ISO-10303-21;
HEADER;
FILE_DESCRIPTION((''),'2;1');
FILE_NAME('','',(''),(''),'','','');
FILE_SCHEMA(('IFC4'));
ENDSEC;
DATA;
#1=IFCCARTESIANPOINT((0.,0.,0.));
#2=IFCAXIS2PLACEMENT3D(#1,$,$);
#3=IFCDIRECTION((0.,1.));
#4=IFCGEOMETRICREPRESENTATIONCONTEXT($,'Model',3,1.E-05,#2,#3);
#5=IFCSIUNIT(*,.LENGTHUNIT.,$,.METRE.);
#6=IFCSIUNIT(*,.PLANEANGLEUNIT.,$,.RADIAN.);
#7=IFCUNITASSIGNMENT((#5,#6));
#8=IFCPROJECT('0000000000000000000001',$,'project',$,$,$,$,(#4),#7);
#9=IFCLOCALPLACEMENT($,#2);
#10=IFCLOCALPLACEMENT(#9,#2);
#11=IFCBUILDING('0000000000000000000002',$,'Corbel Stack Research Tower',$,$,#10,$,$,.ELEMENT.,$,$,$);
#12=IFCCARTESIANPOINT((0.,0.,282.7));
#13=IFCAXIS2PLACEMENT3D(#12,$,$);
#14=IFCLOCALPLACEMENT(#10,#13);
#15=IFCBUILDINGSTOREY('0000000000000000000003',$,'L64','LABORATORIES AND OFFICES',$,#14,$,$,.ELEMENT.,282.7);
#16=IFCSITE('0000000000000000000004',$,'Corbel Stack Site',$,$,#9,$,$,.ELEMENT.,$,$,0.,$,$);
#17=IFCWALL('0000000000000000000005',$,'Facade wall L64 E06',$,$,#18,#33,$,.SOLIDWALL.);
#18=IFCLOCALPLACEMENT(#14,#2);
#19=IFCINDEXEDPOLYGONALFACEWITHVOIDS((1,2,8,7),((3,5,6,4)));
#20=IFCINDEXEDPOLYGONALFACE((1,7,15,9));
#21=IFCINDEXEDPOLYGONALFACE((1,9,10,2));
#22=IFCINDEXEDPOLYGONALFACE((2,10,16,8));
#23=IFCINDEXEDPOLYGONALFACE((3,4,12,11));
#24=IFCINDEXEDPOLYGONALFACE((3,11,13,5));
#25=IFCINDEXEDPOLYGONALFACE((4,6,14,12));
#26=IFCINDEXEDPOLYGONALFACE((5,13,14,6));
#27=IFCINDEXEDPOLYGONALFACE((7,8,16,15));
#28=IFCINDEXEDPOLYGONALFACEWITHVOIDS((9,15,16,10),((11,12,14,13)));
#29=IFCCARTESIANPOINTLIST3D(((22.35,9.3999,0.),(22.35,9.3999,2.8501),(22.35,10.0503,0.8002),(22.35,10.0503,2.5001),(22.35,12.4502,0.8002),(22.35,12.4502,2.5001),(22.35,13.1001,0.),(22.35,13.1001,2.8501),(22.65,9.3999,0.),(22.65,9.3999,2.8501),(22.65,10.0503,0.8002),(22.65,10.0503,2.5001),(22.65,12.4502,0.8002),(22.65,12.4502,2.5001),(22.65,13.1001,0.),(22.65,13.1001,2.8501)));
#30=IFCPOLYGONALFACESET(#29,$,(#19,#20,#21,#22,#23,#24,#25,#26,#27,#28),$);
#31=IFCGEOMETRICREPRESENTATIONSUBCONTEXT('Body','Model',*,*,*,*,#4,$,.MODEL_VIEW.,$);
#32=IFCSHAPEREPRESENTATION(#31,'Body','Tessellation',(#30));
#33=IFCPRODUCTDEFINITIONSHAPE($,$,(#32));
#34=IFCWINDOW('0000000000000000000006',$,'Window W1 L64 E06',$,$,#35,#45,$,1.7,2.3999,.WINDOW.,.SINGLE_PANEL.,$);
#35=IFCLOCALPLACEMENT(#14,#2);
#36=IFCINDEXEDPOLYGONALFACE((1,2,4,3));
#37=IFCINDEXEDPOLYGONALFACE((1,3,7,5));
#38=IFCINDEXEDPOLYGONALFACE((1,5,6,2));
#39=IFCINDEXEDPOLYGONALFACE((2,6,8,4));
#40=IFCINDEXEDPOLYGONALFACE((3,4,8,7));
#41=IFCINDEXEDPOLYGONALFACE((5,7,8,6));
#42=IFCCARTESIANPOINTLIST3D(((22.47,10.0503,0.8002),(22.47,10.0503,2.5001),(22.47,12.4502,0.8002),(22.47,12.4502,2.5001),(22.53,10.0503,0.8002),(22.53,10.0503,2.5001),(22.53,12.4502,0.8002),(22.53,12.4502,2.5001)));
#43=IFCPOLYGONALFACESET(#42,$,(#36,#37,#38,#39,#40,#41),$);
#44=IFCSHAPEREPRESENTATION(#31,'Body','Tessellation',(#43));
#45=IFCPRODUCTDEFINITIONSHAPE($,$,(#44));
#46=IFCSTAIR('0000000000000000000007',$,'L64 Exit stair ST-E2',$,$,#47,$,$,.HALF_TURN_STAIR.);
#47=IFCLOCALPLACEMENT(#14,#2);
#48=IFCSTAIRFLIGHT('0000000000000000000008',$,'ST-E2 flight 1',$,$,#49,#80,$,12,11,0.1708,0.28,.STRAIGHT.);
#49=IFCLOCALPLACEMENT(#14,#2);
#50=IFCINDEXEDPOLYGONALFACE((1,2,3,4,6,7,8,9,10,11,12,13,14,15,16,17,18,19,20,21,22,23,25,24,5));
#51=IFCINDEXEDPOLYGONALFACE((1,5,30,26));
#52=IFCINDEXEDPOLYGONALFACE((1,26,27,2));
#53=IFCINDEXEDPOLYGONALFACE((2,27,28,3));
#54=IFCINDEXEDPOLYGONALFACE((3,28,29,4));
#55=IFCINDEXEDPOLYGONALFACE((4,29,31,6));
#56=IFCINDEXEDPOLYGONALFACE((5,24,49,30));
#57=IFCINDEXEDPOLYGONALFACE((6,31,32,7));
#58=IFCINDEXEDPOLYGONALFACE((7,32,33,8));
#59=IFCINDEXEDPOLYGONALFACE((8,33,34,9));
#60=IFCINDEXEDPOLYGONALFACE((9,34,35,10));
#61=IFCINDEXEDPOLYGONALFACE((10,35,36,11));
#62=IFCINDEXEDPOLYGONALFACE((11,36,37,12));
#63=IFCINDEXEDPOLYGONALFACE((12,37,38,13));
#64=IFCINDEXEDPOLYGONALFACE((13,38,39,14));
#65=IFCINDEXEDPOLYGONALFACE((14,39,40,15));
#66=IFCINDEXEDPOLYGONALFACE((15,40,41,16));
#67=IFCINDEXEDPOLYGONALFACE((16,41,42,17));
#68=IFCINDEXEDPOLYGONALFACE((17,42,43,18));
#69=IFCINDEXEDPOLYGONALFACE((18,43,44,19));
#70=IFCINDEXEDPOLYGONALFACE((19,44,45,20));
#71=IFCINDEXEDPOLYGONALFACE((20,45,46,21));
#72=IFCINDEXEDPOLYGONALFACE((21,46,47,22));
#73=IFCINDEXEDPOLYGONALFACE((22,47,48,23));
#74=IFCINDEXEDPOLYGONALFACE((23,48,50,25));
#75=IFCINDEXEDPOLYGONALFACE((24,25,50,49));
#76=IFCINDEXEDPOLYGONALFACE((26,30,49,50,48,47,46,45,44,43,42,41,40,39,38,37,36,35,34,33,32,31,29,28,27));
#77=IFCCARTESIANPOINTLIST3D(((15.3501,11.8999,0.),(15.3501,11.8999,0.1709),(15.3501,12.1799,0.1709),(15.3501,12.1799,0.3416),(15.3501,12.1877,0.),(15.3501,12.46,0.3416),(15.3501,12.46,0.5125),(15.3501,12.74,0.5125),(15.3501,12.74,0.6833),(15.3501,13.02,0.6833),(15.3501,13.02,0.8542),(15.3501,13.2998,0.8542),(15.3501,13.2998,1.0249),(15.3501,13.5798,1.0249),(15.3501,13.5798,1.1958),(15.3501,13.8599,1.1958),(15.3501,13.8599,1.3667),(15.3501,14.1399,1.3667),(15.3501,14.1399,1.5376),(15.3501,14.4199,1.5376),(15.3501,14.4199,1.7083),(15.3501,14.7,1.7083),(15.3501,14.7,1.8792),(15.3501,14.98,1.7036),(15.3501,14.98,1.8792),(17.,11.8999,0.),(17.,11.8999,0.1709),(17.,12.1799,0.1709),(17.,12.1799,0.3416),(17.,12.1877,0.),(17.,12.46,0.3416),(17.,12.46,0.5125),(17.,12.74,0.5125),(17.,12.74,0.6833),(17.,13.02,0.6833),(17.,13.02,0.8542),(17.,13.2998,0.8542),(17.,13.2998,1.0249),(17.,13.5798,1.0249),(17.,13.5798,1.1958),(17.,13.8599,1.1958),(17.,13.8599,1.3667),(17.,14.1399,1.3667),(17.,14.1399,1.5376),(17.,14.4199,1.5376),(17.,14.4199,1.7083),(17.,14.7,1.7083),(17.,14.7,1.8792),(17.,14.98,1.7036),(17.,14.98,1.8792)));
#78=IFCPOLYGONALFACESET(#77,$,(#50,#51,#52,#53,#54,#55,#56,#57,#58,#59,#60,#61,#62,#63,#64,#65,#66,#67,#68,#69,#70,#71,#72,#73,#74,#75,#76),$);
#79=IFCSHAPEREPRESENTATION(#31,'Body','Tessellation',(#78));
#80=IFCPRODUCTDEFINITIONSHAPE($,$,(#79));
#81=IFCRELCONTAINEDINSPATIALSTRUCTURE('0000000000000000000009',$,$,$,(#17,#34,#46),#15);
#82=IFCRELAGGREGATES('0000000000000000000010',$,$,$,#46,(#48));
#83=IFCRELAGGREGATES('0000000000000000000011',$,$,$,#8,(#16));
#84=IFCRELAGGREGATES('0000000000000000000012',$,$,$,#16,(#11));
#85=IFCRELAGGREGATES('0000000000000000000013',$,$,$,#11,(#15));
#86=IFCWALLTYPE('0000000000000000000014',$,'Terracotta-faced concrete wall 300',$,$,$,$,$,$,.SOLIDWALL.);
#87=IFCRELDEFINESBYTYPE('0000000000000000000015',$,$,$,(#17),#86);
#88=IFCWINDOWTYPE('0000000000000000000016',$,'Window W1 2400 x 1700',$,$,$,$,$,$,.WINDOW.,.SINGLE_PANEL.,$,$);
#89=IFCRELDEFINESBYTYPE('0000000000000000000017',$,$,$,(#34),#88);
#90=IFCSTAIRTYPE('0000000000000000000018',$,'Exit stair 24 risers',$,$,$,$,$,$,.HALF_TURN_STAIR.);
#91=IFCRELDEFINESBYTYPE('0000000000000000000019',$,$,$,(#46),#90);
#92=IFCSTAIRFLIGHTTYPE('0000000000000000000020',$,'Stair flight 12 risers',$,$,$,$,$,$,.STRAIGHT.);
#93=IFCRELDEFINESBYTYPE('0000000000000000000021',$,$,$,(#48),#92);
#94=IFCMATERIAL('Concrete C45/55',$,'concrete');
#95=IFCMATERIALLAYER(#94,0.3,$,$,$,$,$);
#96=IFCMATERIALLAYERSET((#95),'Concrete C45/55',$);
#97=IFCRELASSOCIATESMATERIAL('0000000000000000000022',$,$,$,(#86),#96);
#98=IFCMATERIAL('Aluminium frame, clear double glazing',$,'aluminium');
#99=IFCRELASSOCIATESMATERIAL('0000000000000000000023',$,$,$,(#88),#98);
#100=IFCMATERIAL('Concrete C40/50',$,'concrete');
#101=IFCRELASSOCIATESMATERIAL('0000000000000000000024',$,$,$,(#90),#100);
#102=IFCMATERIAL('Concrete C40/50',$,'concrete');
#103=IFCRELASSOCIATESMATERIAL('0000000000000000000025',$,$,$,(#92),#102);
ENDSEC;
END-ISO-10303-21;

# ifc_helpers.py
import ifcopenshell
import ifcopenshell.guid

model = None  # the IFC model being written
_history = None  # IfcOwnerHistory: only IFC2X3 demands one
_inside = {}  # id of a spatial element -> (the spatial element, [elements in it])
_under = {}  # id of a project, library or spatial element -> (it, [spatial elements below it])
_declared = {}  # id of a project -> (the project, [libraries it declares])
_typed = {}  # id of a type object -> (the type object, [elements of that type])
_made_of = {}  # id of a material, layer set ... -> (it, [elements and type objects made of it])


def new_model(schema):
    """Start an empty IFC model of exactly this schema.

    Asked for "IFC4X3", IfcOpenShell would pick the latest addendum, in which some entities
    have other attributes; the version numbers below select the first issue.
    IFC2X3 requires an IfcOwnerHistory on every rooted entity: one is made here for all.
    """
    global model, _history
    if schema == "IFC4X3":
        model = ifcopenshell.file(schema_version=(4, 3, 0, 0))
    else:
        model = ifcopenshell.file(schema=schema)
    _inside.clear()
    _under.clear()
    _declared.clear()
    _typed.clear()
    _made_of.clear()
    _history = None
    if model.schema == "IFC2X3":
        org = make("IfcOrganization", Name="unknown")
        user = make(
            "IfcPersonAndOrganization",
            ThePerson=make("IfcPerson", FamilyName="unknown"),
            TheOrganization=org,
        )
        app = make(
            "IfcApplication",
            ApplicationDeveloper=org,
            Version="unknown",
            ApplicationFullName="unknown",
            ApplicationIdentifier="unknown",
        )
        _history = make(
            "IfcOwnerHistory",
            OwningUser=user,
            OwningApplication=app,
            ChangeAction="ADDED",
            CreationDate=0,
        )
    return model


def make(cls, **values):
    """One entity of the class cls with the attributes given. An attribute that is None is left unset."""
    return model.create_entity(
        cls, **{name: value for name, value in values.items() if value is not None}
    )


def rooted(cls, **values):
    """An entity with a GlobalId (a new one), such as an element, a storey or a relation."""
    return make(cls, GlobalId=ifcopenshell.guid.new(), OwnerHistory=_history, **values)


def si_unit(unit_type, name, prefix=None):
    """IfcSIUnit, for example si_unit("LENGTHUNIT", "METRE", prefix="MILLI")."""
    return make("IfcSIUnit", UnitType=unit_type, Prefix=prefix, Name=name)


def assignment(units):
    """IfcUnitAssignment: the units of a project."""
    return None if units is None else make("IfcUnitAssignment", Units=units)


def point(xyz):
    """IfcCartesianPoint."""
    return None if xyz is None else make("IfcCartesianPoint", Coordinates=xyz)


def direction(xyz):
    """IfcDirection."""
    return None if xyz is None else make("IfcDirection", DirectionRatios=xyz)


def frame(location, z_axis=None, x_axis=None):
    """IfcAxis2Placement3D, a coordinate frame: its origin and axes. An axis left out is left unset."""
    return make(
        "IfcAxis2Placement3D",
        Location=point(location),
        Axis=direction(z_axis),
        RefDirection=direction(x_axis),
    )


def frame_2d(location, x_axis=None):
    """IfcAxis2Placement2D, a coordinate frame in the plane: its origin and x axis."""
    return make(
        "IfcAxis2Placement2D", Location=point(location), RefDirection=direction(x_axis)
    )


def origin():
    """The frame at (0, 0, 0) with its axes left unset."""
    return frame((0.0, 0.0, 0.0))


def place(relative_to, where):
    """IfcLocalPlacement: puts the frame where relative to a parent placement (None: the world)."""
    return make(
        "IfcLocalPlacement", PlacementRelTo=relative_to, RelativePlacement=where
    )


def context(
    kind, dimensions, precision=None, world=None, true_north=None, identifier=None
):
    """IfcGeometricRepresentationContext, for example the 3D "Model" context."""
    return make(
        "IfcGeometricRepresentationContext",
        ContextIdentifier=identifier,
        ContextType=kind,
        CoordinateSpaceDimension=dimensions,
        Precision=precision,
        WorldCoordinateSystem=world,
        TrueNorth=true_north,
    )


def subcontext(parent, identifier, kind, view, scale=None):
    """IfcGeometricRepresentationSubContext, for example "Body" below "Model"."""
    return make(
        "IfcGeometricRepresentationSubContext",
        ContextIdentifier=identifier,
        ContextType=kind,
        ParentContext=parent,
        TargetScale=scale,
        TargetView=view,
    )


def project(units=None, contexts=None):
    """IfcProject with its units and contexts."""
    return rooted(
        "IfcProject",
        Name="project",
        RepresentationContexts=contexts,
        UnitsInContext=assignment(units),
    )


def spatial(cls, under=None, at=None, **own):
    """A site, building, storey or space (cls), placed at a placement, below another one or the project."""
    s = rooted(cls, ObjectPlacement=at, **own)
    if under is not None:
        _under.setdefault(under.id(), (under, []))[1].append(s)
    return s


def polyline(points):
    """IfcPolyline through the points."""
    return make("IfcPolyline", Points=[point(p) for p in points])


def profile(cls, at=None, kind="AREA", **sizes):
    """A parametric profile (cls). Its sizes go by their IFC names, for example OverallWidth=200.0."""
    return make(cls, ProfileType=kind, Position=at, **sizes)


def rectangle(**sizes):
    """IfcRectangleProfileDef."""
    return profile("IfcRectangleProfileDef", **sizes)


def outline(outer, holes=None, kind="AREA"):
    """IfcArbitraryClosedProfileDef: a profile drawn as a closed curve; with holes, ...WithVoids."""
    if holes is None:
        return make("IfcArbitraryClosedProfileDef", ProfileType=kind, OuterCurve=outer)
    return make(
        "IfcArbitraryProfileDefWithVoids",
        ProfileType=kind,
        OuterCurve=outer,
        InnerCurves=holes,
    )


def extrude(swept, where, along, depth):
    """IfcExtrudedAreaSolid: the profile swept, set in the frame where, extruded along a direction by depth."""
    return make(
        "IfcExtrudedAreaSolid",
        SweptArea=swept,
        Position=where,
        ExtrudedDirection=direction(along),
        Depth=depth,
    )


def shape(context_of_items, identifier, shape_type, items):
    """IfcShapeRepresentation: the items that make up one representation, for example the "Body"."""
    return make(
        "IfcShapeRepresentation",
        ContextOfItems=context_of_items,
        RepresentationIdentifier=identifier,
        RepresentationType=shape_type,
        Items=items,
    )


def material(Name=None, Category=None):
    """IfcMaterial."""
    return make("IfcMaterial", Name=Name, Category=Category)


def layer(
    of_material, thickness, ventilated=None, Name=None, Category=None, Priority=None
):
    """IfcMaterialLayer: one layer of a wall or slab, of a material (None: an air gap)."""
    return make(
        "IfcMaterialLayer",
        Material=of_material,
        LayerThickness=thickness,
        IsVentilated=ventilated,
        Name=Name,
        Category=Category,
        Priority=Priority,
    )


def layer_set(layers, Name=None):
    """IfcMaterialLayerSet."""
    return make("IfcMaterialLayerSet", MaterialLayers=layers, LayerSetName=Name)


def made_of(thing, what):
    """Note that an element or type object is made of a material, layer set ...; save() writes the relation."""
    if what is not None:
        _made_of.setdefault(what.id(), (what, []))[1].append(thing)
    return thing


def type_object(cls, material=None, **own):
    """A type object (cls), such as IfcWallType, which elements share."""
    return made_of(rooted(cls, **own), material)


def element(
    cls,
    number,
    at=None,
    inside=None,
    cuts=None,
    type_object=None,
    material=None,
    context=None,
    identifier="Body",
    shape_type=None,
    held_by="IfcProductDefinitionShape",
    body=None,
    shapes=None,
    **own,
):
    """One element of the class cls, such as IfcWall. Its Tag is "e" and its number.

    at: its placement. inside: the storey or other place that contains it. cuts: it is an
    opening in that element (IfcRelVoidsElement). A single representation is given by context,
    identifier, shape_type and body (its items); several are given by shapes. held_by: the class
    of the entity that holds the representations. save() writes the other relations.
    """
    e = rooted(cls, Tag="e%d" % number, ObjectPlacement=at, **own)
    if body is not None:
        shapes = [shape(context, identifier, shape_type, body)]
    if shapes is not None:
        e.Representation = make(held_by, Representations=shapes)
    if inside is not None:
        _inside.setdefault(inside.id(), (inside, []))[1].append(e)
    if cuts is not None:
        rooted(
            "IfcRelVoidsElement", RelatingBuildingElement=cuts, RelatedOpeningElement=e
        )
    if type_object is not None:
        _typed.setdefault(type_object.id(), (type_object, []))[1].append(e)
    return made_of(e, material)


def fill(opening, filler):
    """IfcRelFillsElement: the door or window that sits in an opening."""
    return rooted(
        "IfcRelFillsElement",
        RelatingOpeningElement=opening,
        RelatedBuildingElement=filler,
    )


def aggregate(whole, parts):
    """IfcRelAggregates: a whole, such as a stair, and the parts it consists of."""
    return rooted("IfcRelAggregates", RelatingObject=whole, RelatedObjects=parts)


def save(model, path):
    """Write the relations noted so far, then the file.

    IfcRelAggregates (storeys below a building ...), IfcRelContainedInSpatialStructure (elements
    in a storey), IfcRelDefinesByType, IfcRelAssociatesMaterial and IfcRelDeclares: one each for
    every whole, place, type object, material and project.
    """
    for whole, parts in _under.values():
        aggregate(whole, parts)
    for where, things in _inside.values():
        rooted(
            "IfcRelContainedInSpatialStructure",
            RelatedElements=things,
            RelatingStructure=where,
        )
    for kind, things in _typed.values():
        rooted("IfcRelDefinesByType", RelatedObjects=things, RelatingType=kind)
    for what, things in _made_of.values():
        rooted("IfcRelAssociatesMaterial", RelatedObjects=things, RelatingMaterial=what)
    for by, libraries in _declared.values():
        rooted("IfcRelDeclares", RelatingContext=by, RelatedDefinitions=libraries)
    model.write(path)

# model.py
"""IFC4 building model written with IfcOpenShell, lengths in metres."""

from ifc_helpers import new_model, si_unit, direction, frame, frame_2d, origin, place, context, subcontext, project, spatial, polyline, rectangle, outline, extrude, material, layer, layer_set, type_object, element, fill, aggregate, save


model = new_model("IFC4")

# Units and contexts
model_context = context("Model", 3, precision=1e-05, world=origin(), true_north=direction((0.0, 1.0)))
body_context = subcontext(model_context, "Body", "Model", "MODEL_VIEW")
ifc_project = project(units=[si_unit("LENGTHUNIT", "METRE"), si_unit("PLANEANGLEUNIT", "RADIAN")], contexts=[model_context])

# Site, building, storey
site_placement = place(None, origin())
site = spatial("IfcSite", under=ifc_project, at=site_placement, Name="Corbel Stack Site", CompositionType="ELEMENT", RefElevation=0.0)
building_placement = place(site_placement, origin())
building = spatial("IfcBuilding", under=site, at=building_placement, Name="Corbel Stack Research Tower", CompositionType="ELEMENT")
storey_placement = place(building_placement, frame((0.0, 0.0, 282.7)))
storey = spatial("IfcBuildingStorey", under=building, at=storey_placement, Name="L64", Description="LABORATORIES AND OFFICES", CompositionType="ELEMENT", Elevation=282.7)

# Wall, opening, window
ifc_material_1 = material(Name="Concrete C45/55", Category="concrete")
ifc_layer_1 = layer(ifc_material_1, 0.3)
ifc_layer_set_1 = layer_set([ifc_layer_1], Name="Concrete C45/55")
wall_type_1 = type_object("IfcWallType", Name="Terracotta-faced concrete wall 300", PredefinedType="SOLIDWALL", material=ifc_layer_set_1)
ifc_material_2 = material(Name="Aluminium frame, clear double glazing", Category="aluminium")
window_type = type_object("IfcWindowType", Name="Window W1 2400 x 1700", PartitioningType="SINGLE_PANEL", PredefinedType="WINDOW", material=ifc_material_2)
wall_1_placement = place(storey_placement, frame((22.5, 13.1001, 0.0), z_axis=(0.0, 0.0, 1.0), x_axis=(0.0, -1.0, 0.0)))
wall_1 = element("IfcWall", 1, at=wall_1_placement, inside=storey, type_object=wall_type_1, Name="Facade wall L64 E06", PredefinedType="SOLIDWALL", context=body_context, shape_type="SweptSolid", body=[
    extrude(rectangle(XDim=3.7002, YDim=0.3, at=frame_2d((1.8501, 0.0))), origin(), (0.0, 0.0, 1.0), 2.8501),
])
opening_1_placement = place(wall_1_placement, frame((0.6499, 0.0, 0.8)))
opening_1 = element("IfcOpeningElement", 2, at=opening_1_placement, cuts=wall_1, PredefinedType="OPENING", context=body_context, shape_type="SweptSolid", body=[
    extrude(rectangle(XDim=2.3999, YDim=1.7, at=frame_2d((1.2, 0.8501))), frame((0.0, 0.1599, 0.0), z_axis=(0.0, -1.0, 0.0), x_axis=(1.0, 0.0, 0.0)), (0.0, 0.0, 1.0), 0.3201),
])
window_1_placement = place(opening_1_placement, origin())
window_1 = element("IfcWindow", 3, at=window_1_placement, inside=storey, type_object=window_type, Name="Window W1 L64 E06", OverallHeight=1.7, OverallWidth=2.3999, PartitioningType="SINGLE_PANEL", PredefinedType="WINDOW", context=body_context, shape_type="SweptSolid", body=[
    extrude(rectangle(XDim=2.3999, YDim=1.7, at=frame_2d((1.2, 0.8501))), frame((0.0, 0.03, 0.0), z_axis=(0.0, -1.0, 0.0), x_axis=(1.0, 0.0, 0.0)), (0.0, 0.0, 1.0), 0.0601),
])
fill(opening_1, window_1)

# Stair, stair flight
ifc_material_3 = material(Name="Concrete C40/50", Category="concrete")
stair_type = type_object("IfcStairType", Name="Exit stair 24 risers", PredefinedType="HALF_TURN_STAIR", material=ifc_material_3)
stair_placement = place(storey_placement, origin())
stair = element("IfcStair", 4, at=stair_placement, inside=storey, type_object=stair_type, Name="L64 Exit stair ST-E2", PredefinedType="HALF_TURN_STAIR")
ifc_material_4 = material(Name="Concrete C40/50", Category="concrete")
stair_flight_type = type_object("IfcStairFlightType", Name="Stair flight 12 risers", PredefinedType="STRAIGHT", material=ifc_material_4)
stair_flight_placement = place(storey_placement, frame((16.175, 11.8999, 0.0), z_axis=(0.0, 0.0, 1.0), x_axis=(0.0, 1.0, 0.0)))
stair_flight = element("IfcStairFlight", 5, at=stair_flight_placement, type_object=stair_flight_type, Name="ST-E2 flight 1", NumberOfRisers=12, NumberOfTreads=11, PredefinedType="STRAIGHT", RiserHeight=0.1708, TreadLength=0.28, context=body_context, shape_type="SweptSolid", body=[
    extrude(outline(polyline([(0.0, 0.0), (0.0, 0.1709), (0.28, 0.1709), (0.28, 0.3416), (0.5601, 0.3416), (0.5601, 0.5125), (0.8401, 0.5125), (0.8401, 0.6833), (1.1201, 0.6833), (1.1201, 0.8542), (1.3999, 0.8542), (1.3999, 1.0249), (1.6799, 1.0249), (1.6799, 1.1958), (1.96, 1.1958), (1.96, 1.3667), (2.24, 1.3667), (2.24, 1.5376), (2.52, 1.5376), (2.52, 1.7083), (2.8, 1.7083), (2.8, 1.8792), (3.0801, 1.8792), (3.0801, 2.05), (3.0801, 1.7036), (0.2878, 0.0), (0.0, 0.0)])), frame((0.0, 0.825, 0.0), z_axis=(0.0, -1.0, 0.0), x_axis=(1.0, 0.0, 0.0)), (0.0, 0.0, 1.0), 1.6499),
])
aggregate(stair, [stair_flight])

save(model, "model.ifc")
